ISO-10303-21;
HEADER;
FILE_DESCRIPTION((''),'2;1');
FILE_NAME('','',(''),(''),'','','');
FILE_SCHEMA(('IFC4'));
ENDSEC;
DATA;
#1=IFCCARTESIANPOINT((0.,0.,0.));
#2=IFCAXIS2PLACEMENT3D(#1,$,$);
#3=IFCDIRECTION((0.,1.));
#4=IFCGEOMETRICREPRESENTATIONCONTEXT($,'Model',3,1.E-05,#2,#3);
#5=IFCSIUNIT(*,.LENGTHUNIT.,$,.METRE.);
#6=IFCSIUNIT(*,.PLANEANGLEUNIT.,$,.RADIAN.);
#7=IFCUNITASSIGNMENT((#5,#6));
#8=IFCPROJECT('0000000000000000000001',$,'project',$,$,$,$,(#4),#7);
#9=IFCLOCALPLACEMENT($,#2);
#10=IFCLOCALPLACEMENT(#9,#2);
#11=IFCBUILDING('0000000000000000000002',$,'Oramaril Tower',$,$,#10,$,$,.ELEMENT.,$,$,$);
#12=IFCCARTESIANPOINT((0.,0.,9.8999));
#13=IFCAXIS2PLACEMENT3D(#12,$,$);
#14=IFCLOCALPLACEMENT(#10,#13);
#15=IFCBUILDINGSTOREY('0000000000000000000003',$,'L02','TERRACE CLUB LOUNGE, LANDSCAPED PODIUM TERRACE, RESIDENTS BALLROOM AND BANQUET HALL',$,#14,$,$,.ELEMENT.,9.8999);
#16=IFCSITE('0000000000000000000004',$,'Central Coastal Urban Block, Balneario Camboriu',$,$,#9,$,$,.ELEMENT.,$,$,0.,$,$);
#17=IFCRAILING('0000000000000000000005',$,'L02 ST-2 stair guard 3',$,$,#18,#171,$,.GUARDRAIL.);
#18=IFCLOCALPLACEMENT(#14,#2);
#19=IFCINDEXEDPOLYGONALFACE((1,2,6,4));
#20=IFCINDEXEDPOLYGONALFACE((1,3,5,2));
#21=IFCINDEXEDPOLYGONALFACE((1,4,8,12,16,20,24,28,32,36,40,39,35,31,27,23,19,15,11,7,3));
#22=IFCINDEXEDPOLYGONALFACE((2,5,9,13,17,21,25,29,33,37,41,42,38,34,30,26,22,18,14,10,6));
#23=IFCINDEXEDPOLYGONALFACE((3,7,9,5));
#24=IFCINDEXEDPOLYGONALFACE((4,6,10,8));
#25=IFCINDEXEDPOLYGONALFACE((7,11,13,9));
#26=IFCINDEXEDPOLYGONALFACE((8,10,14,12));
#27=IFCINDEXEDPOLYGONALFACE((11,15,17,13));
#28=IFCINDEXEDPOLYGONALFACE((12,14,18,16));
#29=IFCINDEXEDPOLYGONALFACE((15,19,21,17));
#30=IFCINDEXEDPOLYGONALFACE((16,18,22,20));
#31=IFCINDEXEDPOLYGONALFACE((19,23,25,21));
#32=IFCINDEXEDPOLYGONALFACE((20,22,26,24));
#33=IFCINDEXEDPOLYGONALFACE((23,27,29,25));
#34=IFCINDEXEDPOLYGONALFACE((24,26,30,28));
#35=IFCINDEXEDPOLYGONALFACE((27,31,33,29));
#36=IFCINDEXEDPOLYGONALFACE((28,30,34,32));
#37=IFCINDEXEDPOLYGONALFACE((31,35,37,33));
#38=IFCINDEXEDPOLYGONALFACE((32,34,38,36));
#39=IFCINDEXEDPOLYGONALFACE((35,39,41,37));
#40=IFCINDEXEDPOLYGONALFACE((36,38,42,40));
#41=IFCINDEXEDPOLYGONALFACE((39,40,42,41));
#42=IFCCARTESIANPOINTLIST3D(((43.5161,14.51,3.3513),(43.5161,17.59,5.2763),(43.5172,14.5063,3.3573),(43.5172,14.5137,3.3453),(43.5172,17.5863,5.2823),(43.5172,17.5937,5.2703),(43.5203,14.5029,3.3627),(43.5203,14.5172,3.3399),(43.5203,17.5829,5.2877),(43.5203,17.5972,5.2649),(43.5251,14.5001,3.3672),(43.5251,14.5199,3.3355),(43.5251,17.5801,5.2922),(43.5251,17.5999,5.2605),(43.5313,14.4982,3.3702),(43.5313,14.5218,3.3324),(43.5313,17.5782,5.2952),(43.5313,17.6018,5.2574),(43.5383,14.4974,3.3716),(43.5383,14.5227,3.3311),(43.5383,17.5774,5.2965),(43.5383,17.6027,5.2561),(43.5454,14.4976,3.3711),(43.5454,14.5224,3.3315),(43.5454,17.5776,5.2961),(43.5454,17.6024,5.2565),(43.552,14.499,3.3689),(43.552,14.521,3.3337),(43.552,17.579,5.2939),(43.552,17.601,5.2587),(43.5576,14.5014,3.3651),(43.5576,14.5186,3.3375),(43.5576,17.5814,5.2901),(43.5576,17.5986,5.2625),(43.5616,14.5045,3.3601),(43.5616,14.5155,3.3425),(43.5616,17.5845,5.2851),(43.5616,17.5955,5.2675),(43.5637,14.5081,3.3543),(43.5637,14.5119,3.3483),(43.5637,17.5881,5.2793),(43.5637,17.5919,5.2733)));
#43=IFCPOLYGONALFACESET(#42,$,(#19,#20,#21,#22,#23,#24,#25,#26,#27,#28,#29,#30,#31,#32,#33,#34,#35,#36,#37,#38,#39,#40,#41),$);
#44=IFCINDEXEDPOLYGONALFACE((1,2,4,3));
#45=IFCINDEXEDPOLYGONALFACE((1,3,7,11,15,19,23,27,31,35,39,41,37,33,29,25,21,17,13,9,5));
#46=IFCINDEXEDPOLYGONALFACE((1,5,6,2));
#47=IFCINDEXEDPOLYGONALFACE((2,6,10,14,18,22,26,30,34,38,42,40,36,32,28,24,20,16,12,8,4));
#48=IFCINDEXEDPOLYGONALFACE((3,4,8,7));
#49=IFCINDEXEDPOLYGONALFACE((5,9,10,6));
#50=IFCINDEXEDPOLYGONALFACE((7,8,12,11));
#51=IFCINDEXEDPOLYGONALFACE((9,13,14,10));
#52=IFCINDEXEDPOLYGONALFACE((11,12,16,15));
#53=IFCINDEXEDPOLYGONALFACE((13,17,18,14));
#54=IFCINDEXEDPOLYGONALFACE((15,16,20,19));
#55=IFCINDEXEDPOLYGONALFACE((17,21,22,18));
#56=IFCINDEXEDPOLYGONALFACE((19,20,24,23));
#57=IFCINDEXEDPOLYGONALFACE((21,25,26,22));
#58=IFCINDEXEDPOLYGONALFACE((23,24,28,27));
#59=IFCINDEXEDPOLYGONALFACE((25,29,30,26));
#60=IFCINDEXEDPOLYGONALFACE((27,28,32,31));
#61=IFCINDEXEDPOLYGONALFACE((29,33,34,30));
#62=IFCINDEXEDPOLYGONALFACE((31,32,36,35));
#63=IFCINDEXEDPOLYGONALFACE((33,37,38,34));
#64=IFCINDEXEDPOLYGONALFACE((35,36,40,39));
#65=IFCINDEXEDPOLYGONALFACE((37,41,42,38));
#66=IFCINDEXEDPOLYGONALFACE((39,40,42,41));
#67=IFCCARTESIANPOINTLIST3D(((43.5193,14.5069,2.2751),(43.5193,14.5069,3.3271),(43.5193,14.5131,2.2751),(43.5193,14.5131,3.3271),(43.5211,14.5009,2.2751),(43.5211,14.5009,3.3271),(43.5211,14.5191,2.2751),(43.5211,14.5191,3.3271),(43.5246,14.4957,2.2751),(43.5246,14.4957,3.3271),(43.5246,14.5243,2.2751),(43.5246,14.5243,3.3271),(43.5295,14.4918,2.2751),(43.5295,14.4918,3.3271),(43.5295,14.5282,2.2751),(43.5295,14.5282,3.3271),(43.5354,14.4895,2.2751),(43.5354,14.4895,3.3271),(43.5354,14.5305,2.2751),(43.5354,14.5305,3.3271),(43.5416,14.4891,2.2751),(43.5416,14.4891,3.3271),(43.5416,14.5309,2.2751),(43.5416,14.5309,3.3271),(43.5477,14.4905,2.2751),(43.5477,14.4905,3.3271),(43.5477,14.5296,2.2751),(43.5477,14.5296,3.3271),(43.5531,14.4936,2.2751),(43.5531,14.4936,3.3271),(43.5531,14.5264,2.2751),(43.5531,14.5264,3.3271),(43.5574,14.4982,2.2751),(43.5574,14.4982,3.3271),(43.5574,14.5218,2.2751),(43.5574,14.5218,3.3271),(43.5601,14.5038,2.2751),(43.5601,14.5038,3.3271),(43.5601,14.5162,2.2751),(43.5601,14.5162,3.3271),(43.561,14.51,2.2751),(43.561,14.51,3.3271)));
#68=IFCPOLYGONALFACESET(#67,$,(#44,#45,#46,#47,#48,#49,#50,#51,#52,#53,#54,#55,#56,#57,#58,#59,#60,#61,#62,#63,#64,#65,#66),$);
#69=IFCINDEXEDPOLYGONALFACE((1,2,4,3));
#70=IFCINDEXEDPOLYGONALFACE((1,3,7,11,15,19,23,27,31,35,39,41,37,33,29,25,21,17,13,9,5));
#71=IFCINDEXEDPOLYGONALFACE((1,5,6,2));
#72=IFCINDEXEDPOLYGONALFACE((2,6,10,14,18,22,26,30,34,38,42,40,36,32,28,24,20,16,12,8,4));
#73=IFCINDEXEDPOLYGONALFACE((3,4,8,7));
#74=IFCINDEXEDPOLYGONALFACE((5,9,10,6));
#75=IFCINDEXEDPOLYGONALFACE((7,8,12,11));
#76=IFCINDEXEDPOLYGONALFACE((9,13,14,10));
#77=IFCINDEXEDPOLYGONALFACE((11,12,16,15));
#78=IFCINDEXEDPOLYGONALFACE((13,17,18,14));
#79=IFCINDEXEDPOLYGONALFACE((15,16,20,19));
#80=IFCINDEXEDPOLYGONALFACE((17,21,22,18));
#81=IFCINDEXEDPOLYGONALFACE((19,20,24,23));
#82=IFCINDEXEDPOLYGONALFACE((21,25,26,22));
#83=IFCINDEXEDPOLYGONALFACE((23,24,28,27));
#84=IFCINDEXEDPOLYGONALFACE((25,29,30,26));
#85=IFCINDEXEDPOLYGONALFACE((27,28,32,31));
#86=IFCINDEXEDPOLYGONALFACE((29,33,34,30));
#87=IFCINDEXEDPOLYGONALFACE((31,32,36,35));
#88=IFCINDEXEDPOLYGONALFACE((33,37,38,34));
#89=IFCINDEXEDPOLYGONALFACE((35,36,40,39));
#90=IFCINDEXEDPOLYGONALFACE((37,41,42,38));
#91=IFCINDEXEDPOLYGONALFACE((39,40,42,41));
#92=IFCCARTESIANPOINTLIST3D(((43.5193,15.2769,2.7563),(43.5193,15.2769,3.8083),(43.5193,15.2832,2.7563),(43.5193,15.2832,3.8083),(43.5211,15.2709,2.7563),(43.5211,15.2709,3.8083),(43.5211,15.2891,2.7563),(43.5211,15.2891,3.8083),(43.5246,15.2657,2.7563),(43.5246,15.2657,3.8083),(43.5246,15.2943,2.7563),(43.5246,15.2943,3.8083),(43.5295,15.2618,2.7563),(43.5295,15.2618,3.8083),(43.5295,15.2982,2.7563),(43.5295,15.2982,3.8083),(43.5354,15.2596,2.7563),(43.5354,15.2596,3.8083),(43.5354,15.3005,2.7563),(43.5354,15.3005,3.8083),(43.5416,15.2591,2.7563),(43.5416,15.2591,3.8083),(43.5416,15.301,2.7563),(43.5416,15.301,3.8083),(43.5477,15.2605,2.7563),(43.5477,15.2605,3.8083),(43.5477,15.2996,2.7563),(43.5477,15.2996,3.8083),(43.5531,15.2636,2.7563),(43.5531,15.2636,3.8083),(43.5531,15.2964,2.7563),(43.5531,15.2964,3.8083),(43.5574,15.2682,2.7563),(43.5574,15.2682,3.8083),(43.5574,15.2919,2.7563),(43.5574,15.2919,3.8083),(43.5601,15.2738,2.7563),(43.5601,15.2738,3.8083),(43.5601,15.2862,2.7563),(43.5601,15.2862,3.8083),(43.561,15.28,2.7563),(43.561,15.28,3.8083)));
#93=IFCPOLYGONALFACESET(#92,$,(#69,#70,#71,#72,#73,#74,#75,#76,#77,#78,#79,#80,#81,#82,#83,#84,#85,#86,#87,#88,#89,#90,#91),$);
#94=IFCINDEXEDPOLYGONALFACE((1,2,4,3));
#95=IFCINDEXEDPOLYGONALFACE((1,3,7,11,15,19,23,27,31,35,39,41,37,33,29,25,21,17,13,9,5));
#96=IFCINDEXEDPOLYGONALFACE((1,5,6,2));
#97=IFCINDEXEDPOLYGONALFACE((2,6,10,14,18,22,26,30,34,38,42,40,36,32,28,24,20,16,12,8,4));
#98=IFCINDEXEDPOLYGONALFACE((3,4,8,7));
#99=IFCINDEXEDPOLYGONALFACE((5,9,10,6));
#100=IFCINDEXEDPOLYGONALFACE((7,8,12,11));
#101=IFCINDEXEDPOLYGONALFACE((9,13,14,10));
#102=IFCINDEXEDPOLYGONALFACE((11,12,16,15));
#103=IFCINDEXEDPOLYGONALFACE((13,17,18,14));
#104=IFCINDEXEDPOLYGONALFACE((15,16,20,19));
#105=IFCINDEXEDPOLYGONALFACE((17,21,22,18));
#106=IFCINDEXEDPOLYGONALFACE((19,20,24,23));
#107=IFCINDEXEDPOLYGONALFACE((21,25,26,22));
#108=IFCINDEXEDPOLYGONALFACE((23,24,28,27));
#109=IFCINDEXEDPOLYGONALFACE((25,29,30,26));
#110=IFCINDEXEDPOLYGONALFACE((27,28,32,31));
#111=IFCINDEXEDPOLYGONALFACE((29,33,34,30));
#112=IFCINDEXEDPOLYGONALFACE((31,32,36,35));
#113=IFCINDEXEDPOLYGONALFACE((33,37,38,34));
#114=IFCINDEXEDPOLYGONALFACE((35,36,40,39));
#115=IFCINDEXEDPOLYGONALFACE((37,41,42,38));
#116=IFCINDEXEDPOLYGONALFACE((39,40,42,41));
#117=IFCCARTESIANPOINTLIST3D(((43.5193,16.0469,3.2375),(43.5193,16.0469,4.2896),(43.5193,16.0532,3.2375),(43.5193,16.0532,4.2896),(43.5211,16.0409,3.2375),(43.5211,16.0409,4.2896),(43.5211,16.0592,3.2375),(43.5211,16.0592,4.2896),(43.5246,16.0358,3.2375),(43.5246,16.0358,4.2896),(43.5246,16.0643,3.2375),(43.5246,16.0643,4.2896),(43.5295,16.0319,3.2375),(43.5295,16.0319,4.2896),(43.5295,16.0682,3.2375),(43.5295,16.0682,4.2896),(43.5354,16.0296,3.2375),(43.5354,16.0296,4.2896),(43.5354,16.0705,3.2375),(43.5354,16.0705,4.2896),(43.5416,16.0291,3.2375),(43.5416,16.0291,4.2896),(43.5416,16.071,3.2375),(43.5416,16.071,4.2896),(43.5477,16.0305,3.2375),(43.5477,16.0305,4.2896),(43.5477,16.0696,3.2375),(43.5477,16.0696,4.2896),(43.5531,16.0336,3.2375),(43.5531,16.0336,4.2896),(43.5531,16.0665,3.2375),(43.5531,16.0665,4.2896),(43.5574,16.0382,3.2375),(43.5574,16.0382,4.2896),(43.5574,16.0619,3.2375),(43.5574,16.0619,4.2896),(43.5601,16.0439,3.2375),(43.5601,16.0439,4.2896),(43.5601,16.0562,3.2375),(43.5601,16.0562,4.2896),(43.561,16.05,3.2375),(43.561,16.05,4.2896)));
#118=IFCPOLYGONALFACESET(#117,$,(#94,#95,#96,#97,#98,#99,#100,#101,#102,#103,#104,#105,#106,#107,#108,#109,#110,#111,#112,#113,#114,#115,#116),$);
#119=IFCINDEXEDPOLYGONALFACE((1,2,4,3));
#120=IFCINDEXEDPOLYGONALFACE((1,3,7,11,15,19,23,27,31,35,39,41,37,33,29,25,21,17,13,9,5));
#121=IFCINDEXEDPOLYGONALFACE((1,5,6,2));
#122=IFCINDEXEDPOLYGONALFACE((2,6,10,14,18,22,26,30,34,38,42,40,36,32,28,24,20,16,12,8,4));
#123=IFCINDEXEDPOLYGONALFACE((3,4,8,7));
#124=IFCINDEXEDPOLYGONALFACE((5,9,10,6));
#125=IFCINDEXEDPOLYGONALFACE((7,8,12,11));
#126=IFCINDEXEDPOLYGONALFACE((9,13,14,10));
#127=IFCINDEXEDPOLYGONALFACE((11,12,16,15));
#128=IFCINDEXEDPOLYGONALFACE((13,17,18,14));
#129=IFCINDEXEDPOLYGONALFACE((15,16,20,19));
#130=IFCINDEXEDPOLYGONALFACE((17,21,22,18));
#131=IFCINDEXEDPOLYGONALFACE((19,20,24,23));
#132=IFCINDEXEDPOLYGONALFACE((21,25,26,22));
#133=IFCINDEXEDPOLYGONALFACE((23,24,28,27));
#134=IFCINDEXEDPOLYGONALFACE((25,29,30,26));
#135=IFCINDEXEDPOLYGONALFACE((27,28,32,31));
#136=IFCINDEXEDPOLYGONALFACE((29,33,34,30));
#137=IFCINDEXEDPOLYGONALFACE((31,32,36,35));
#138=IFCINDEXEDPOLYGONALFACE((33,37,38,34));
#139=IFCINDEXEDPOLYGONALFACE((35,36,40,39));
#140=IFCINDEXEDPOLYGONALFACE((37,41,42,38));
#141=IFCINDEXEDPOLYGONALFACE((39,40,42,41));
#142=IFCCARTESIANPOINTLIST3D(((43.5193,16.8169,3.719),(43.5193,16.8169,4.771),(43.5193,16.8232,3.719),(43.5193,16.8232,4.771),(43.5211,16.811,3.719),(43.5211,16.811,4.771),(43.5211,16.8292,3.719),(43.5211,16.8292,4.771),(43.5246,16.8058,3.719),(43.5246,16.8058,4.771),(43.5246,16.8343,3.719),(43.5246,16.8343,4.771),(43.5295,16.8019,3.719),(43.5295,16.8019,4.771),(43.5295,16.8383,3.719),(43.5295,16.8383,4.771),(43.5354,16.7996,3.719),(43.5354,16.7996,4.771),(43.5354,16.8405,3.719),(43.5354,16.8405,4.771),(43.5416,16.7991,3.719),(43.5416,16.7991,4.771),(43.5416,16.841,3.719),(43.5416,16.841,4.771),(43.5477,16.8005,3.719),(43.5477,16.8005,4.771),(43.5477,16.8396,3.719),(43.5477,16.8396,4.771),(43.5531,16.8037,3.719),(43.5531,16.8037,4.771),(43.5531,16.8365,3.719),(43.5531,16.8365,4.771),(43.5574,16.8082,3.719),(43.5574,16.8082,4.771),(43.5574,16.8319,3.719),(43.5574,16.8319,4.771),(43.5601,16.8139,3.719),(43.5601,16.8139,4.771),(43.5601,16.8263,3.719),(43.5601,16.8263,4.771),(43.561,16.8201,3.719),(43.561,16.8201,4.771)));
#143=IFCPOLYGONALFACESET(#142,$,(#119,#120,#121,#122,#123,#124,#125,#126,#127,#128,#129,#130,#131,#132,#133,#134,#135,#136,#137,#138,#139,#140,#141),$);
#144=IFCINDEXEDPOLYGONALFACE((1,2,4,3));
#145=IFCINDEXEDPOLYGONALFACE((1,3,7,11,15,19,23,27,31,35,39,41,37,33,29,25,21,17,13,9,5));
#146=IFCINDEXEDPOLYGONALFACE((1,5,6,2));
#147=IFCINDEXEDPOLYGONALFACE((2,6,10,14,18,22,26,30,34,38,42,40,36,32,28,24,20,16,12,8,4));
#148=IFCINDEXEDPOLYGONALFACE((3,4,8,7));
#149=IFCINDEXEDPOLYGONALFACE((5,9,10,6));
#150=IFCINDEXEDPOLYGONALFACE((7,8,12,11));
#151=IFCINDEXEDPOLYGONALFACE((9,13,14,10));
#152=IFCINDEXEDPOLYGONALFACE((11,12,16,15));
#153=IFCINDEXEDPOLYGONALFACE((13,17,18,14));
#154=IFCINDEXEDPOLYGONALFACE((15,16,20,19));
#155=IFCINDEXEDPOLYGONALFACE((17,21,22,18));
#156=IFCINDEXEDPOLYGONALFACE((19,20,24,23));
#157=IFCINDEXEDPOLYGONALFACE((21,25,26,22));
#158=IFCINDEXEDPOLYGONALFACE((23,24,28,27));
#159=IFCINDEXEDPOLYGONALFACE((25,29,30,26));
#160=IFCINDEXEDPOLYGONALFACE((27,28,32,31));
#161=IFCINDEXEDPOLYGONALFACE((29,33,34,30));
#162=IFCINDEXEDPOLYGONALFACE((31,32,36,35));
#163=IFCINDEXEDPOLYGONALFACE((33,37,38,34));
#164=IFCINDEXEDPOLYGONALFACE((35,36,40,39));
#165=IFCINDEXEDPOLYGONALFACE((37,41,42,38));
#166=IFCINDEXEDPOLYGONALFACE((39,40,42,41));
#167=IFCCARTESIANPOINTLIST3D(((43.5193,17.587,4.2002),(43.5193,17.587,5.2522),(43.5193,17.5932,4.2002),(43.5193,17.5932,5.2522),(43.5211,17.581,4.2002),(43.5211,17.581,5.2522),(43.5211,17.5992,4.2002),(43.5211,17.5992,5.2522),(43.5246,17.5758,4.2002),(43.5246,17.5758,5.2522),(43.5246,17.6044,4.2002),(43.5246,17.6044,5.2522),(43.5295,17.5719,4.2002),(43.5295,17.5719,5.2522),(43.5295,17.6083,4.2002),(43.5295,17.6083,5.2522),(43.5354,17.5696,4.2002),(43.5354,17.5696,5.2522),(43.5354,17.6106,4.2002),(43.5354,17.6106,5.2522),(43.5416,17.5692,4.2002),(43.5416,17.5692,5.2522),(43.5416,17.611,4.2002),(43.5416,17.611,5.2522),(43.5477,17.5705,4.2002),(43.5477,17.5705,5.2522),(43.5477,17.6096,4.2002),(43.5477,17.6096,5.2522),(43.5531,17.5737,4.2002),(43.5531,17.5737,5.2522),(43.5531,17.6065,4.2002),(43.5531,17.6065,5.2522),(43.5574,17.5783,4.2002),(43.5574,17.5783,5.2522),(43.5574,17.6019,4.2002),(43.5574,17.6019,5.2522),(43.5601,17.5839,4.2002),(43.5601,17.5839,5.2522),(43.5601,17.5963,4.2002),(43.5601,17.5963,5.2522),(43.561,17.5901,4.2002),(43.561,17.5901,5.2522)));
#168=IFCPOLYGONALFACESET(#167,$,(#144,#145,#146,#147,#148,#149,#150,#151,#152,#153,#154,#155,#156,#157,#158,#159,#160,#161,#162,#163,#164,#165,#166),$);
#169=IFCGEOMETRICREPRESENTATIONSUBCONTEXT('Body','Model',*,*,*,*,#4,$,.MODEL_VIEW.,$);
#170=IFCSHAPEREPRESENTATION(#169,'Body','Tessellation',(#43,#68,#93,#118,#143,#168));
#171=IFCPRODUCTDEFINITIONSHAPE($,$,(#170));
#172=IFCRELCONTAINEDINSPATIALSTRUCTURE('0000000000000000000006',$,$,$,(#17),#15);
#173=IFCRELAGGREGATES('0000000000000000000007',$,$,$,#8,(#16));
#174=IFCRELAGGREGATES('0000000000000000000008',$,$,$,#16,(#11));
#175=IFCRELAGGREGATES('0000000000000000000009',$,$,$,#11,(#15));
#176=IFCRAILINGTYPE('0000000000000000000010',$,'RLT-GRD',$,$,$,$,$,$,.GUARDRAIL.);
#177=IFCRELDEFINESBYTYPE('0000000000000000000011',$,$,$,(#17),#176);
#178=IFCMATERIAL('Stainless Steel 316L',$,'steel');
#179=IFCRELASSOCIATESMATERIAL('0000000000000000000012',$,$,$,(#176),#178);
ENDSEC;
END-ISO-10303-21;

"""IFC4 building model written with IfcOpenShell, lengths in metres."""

from ifc_helpers import new_model, si_unit, direction, frame, origin, origin_2d, place, context, subcontext, project, spatial, circle, extrude, material, type_object, element, save


model = new_model("IFC4")

# Units and contexts
model_context = context("Model", 3, precision=1e-05, world=origin(), true_north=direction((0.0, 1.0)))
body_context = subcontext(model_context, "Body", "Model", "MODEL_VIEW")
ifc_project = project(units=[si_unit("LENGTHUNIT", "METRE"), si_unit("PLANEANGLEUNIT", "RADIAN")], contexts=[model_context])

# Site, building, storey
site_placement = place(None, origin())
site = spatial("IfcSite", under=ifc_project, at=site_placement, Name="Central Coastal Urban Block, Balneario Camboriu", CompositionType="ELEMENT", RefElevation=0.0)
building_placement = place(site_placement, origin())
building = spatial("IfcBuilding", under=site, at=building_placement, Name="Oramaril Tower", CompositionType="ELEMENT")
storey_placement = place(building_placement, frame((0.0, 0.0, 9.8999)))
storey = spatial("IfcBuildingStorey", under=building, at=storey_placement, Name="L02", Description="TERRACE CLUB LOUNGE, LANDSCAPED PODIUM TERRACE, RESIDENTS BALLROOM AND BANQUET HALL", CompositionType="ELEMENT", Elevation=9.8999)

# Railing
ifc_material_1 = material(Name="Stainless Steel 316L", Category="steel")
railing_type_1 = type_object("IfcRailingType", Name="RLT-GRD", PredefinedType="GUARDRAIL", material=ifc_material_1)
railing_1_placement = place(storey_placement, frame((43.54, 14.51, 2.2751)))
element("IfcRailing", 1, at=railing_1_placement, inside=storey, type_object=railing_type_1, Name="L02 ST-2 stair guard 3", PredefinedType="GUARDRAIL", context=body_context, shape_type="SweptSolid", body=[
    extrude(circle(Radius=0.0239, at=origin_2d()), frame((0.0, 0.0, 1.0762), z_axis=(0.0, 0.847998, 0.529999), x_axis=(-1.0, 0.0, 0.0)), (0.0, 0.0, 1.0), 3.6321),
    extrude(circle(Radius=0.021, at=origin_2d()), origin(), (0.0, 0.0, 1.0), 1.052),
    extrude(circle(Radius=0.021, at=origin_2d()), frame((0.0, 0.77, 0.4812)), (0.0, 0.0, 1.0), 1.052),
    extrude(circle(Radius=0.021, at=origin_2d()), frame((0.0, 1.54, 0.9624)), (0.0, 0.0, 1.0), 1.052),
    extrude(circle(Radius=0.021, at=origin_2d()), frame((0.0, 2.3101, 1.4438)), (0.0, 0.0, 1.0), 1.052),
    extrude(circle(Radius=0.021, at=origin_2d()), frame((0.0, 3.0801, 1.925)), (0.0, 0.0, 1.0), 1.052),
])

save(model, "model.ifc")
